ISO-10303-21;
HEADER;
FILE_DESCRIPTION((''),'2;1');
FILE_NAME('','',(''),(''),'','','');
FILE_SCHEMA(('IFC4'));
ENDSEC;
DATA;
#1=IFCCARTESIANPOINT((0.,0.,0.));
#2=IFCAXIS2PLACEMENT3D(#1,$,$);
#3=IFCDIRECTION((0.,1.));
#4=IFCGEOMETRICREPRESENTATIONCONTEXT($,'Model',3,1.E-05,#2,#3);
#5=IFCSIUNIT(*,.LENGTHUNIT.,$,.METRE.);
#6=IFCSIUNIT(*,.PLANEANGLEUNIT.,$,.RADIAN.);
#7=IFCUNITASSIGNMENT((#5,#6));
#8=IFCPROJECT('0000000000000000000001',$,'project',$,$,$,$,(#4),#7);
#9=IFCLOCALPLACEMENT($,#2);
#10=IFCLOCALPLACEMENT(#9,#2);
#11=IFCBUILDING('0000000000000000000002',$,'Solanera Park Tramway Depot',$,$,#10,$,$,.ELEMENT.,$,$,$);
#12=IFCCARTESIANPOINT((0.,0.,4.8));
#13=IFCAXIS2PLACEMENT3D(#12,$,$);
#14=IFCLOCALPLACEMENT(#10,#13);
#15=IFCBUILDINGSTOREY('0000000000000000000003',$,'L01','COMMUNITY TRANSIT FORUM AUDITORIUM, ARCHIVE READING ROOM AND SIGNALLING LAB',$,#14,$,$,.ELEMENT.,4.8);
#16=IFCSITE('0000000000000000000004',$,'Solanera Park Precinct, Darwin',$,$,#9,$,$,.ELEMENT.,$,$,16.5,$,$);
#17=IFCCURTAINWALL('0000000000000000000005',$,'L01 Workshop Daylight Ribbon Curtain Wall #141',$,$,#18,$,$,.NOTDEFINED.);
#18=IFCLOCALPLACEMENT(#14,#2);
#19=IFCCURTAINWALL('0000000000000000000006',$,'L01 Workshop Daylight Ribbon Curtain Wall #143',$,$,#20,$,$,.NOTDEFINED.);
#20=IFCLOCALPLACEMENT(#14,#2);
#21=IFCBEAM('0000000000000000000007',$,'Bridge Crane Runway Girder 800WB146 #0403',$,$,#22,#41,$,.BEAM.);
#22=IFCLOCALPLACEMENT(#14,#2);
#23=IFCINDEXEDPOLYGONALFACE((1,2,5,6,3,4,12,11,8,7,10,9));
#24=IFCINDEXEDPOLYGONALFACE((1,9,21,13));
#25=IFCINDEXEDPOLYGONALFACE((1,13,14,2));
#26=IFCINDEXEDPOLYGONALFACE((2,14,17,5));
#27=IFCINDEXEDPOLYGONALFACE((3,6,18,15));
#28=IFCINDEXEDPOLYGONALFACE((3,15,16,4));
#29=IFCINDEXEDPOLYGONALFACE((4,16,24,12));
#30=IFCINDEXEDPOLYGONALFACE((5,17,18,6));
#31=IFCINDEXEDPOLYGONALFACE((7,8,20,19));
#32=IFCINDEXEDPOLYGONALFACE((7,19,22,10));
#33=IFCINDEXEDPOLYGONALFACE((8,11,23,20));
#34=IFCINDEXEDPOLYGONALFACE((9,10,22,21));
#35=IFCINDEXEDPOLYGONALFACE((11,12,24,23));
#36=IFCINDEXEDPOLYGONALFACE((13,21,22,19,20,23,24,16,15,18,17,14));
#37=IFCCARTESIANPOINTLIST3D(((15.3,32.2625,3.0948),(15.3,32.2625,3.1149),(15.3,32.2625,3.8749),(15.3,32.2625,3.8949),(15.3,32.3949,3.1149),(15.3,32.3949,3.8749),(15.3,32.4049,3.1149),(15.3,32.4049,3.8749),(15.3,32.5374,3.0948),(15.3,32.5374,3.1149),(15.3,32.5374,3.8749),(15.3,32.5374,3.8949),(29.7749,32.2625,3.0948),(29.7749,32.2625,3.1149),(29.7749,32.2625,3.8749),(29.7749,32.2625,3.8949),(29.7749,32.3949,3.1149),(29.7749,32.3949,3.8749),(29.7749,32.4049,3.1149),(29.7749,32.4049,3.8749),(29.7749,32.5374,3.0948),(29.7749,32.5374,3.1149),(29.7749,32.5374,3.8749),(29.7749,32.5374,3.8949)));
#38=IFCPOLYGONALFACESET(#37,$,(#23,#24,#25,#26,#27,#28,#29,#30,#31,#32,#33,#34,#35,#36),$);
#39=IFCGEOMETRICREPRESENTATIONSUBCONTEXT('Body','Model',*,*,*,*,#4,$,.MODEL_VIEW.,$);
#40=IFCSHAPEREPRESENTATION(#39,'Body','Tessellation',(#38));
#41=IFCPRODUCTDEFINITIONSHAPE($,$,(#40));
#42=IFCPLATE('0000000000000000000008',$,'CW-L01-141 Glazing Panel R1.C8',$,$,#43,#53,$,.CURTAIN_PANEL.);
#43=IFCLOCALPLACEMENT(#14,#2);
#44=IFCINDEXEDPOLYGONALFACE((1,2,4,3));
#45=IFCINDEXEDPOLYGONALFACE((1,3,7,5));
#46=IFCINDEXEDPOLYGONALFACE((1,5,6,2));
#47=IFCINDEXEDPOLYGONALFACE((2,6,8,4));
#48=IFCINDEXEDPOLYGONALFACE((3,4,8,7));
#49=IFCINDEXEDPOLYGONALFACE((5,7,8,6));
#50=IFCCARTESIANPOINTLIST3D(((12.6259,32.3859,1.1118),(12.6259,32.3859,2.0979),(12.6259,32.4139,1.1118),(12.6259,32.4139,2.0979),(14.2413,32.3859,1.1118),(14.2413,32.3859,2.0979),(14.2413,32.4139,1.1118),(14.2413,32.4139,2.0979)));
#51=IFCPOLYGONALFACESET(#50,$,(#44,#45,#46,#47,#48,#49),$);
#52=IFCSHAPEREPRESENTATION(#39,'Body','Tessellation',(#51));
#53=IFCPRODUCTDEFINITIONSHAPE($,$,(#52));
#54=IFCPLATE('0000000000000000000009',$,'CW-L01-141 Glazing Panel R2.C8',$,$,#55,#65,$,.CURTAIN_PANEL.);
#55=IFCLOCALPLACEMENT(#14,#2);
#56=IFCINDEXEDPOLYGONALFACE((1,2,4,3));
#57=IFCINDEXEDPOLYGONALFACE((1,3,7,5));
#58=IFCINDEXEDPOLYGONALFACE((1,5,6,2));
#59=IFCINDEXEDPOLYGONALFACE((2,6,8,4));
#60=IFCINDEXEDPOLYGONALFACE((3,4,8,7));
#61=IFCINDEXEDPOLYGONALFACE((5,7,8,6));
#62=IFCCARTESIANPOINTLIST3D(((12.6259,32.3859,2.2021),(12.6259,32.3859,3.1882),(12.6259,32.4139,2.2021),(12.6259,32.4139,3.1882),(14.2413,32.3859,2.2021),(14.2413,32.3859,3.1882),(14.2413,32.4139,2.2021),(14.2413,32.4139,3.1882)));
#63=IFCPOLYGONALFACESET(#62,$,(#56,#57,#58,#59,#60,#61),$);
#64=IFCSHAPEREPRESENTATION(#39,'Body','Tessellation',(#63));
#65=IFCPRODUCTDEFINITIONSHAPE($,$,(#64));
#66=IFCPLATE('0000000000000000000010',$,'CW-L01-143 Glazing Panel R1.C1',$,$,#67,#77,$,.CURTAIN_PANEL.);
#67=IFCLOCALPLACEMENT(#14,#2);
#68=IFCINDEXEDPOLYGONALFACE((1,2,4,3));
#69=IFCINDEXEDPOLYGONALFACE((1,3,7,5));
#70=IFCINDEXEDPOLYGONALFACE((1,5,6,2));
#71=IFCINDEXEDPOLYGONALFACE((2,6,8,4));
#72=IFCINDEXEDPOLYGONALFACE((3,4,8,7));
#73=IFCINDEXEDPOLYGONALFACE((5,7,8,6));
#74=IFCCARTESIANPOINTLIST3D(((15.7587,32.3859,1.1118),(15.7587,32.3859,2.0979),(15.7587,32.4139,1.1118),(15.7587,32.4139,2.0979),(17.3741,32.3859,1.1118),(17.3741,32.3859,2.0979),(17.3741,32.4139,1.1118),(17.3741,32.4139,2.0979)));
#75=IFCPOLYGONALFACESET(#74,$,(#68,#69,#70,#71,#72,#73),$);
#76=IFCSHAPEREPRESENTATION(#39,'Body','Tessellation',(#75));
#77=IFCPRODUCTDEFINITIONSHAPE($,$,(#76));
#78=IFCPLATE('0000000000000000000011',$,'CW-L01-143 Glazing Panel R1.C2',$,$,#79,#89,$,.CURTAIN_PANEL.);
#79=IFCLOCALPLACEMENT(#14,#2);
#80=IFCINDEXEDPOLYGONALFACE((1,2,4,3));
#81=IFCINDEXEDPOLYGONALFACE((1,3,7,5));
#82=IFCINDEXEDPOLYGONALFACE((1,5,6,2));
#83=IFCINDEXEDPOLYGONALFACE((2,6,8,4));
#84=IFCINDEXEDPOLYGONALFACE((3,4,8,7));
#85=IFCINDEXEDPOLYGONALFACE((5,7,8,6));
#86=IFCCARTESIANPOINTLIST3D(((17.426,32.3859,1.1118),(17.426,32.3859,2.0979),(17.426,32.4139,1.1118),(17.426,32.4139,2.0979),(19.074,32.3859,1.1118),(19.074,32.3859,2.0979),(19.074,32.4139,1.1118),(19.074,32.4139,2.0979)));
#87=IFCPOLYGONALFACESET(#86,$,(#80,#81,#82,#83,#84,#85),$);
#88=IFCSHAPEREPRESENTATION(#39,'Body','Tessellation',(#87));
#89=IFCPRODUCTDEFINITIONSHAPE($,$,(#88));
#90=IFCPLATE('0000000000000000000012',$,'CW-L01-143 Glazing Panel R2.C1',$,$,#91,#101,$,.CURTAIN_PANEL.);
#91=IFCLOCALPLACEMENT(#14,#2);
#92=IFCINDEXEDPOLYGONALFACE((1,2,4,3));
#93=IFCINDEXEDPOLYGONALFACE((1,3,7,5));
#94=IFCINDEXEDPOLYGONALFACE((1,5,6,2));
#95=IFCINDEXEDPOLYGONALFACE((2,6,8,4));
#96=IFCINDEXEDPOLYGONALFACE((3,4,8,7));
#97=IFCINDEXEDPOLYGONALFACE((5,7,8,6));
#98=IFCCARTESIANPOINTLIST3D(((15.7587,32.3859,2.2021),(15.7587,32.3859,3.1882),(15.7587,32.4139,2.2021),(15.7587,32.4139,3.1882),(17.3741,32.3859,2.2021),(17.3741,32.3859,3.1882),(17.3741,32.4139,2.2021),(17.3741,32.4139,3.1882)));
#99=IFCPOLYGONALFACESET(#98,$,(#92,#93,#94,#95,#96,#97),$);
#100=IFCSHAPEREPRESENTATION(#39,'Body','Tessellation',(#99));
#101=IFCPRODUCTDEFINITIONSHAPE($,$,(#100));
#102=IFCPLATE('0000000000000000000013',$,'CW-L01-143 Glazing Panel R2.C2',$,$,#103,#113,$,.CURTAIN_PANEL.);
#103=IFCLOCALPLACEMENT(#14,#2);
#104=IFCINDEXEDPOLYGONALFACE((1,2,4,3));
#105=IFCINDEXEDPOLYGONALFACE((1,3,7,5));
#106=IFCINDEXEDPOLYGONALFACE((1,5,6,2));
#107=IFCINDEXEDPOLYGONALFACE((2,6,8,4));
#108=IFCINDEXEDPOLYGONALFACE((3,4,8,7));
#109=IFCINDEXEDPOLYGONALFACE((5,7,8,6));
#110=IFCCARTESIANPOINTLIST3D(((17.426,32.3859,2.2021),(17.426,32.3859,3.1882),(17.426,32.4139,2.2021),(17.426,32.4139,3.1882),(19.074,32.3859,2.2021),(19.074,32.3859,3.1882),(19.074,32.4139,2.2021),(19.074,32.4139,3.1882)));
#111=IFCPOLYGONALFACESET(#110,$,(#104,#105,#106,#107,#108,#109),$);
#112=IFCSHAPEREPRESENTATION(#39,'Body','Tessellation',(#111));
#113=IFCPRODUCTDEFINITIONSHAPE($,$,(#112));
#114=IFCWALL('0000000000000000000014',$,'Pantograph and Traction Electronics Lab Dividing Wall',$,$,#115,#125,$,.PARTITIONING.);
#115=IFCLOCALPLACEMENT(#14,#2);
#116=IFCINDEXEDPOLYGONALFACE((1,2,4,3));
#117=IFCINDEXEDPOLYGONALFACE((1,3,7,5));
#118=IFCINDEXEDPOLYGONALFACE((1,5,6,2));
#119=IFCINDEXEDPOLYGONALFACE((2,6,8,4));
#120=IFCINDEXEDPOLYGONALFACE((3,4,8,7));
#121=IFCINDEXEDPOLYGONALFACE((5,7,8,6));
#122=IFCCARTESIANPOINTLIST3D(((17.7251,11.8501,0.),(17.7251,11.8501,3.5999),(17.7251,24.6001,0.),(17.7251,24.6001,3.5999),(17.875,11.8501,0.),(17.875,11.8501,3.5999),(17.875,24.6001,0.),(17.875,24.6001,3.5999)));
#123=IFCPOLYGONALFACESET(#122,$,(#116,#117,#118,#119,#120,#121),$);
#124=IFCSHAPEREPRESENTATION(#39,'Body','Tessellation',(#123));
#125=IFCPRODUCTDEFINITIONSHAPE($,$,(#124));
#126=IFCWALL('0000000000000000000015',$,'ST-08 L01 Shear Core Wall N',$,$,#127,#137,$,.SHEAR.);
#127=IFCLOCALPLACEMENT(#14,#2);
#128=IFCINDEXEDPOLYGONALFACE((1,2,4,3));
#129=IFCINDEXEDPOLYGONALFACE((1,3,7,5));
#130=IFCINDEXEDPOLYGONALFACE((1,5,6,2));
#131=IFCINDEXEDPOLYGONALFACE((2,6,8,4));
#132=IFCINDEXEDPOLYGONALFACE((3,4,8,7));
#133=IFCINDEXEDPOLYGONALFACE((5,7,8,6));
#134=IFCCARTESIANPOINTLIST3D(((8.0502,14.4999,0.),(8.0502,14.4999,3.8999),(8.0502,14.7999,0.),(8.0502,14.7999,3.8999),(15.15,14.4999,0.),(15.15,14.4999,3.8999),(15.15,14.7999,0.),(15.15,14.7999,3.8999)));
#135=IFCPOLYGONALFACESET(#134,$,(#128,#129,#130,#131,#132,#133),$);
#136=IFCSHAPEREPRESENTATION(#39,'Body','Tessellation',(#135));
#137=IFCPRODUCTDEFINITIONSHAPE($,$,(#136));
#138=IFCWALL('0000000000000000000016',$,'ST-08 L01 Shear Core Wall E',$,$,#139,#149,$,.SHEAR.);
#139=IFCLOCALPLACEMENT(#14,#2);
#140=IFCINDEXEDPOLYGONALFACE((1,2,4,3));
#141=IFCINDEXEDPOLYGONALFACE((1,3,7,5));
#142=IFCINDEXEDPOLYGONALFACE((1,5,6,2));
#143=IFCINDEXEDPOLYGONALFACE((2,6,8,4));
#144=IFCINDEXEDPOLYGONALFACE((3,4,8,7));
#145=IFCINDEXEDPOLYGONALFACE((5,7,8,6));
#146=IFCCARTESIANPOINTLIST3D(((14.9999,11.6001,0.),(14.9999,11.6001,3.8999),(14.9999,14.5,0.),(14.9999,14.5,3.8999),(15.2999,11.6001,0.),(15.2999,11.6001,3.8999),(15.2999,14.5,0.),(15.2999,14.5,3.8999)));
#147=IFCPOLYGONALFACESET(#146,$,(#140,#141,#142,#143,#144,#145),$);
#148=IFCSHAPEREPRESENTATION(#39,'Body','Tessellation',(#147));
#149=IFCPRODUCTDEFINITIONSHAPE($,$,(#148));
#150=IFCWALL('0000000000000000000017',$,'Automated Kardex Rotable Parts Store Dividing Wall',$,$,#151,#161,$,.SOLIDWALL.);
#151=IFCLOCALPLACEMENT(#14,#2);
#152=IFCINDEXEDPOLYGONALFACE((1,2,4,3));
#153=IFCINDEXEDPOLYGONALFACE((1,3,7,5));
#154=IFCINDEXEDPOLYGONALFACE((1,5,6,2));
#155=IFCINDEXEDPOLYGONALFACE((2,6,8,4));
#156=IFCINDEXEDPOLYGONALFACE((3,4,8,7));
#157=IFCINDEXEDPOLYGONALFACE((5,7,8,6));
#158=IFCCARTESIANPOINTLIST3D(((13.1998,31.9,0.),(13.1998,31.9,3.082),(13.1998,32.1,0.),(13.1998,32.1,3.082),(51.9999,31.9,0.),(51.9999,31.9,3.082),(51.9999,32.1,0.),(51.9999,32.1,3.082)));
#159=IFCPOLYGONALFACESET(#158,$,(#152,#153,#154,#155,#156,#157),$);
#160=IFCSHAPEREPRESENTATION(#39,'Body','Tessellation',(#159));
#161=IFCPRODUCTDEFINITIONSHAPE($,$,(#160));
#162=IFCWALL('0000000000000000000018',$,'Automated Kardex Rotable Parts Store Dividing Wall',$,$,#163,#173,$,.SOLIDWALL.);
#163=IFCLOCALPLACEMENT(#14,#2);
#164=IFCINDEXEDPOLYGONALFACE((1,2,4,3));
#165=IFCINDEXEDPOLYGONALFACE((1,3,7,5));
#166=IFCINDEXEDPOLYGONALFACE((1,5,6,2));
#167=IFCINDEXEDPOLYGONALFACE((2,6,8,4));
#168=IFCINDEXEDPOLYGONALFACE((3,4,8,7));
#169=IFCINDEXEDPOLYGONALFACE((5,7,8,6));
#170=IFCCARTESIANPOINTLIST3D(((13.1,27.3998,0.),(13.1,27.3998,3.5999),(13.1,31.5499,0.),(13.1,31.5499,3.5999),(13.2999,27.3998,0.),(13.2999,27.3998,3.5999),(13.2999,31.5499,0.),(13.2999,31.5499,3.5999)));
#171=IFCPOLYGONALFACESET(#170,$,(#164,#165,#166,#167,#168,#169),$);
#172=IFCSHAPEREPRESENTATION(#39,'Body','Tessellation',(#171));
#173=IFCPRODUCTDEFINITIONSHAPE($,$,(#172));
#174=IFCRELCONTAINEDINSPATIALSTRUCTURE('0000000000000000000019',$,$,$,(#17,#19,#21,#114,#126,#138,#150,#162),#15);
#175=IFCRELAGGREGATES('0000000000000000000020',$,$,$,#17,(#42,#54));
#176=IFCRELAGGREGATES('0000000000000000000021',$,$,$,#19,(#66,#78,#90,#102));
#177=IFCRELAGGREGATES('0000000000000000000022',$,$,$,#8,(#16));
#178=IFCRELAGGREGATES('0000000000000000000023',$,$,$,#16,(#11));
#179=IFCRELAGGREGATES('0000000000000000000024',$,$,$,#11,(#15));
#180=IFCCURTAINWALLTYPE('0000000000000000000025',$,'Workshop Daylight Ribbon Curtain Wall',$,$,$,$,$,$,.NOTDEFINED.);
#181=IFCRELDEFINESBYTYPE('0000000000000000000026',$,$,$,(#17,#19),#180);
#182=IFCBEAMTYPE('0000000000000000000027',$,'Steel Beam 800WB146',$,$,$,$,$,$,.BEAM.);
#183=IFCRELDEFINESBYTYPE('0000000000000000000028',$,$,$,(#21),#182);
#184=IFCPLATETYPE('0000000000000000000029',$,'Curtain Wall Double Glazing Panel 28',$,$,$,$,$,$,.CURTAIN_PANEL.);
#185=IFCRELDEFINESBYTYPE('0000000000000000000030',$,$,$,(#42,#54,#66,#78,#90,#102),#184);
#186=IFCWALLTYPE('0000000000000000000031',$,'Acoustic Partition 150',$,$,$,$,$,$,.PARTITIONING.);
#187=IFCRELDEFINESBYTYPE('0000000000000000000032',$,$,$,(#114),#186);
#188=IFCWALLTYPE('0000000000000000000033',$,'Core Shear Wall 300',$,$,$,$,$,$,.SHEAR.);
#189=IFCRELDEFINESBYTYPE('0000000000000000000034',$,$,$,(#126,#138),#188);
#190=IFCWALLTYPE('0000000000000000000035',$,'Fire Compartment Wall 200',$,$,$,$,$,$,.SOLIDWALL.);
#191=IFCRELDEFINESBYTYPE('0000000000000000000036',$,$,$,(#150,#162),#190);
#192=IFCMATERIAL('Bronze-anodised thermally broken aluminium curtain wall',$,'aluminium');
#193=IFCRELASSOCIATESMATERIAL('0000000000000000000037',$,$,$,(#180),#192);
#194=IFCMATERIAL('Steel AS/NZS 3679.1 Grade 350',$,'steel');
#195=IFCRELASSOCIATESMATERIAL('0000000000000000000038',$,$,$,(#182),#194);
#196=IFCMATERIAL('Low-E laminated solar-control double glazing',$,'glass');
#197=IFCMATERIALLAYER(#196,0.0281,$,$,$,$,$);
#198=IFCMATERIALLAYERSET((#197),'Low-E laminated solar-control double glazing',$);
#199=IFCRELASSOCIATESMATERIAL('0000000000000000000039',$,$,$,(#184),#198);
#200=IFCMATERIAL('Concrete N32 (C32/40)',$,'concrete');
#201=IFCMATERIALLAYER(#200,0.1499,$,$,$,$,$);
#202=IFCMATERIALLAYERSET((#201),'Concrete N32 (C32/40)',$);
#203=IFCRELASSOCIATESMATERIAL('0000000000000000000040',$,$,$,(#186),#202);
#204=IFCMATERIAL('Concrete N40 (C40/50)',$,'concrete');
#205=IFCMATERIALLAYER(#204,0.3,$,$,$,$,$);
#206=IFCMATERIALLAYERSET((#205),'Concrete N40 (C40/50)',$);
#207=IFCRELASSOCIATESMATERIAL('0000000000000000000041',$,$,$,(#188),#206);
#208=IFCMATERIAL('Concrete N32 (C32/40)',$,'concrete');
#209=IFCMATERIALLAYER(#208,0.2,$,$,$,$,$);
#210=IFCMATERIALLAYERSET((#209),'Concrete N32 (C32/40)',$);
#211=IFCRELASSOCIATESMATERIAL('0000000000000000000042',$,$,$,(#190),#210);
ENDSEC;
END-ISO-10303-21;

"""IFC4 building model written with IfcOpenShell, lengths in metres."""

from ifc_helpers import new_model, si_unit, direction, frame, frame_2d, origin, origin_2d, place, context, subcontext, project, spatial, rectangle, i_section, extrude, material, layer, layer_set, material_profile, profile_set, type_object, element, aggregate, save


model = new_model("IFC4")

# Units and contexts
model_context = context("Model", 3, precision=1e-05, world=origin(), true_north=direction((0.0, 1.0)))
body_context = subcontext(model_context, "Body", "Model", "MODEL_VIEW")
ifc_project = project(units=[si_unit("LENGTHUNIT", "METRE"), si_unit("PLANEANGLEUNIT", "RADIAN")], contexts=[model_context])

# Site, building, storey
site_placement = place(None, origin())
site = spatial("IfcSite", under=ifc_project, at=site_placement, Name="Solanera Park Precinct, Darwin", CompositionType="ELEMENT", RefElevation=16.5)
building_placement = place(site_placement, origin())
building = spatial("IfcBuilding", under=site, at=building_placement, Name="Solanera Park Tramway Depot", CompositionType="ELEMENT")
storey_placement = place(building_placement, frame((0.0, 0.0, 4.8)))
storey = spatial("IfcBuildingStorey", under=building, at=storey_placement, Name="L01", Description="COMMUNITY TRANSIT FORUM AUDITORIUM, ARCHIVE READING ROOM AND SIGNALLING LAB", CompositionType="ELEMENT", Elevation=4.8)

# Curtain wall
ifc_material_1 = material(Name="Bronze-anodised thermally broken aluminium curtain wall", Category="aluminium")
curtain_wall_type = type_object("IfcCurtainWallType", Name="Workshop Daylight Ribbon Curtain Wall", PredefinedType="NOTDEFINED", material=ifc_material_1)
curtain_wall_1_placement = place(storey_placement, origin())
curtain_wall_1 = element("IfcCurtainWall", 1, at=curtain_wall_1_placement, inside=storey, type_object=curtain_wall_type, Name="L01 Workshop Daylight Ribbon Curtain Wall #141", PredefinedType="NOTDEFINED")

# Curtain wall
curtain_wall_2_placement = place(storey_placement, origin())
curtain_wall_2 = element("IfcCurtainWall", 2, at=curtain_wall_2_placement, inside=storey, type_object=curtain_wall_type, Name="L01 Workshop Daylight Ribbon Curtain Wall #143", PredefinedType="NOTDEFINED")

# Beam
ifc_material_2 = material(Name="Steel AS/NZS 3679.1 Grade 350", Category="steel")
ifc_material_profile_1 = material_profile(ifc_material_2, i_section(OverallWidth=0.2749, OverallDepth=0.8, WebThickness=0.01, FlangeThickness=0.02, at=origin_2d()), Name="800WB146")
ifc_profile_set_1 = profile_set([ifc_material_profile_1], Name="Steel AS/NZS 3679.1 Grade 350")
beam_type_1 = type_object("IfcBeamType", Name="Steel Beam 800WB146", PredefinedType="BEAM", material=ifc_profile_set_1)
beam_1_placement = place(storey_placement, frame((15.3, 32.3999, 3.4949), z_axis=(1.0, 0.0, 0.0), x_axis=(0.0, 1.0, 0.0)))
element("IfcBeam", 3, at=beam_1_placement, inside=storey, type_object=beam_type_1, Name="Bridge Crane Runway Girder 800WB146 #0403", PredefinedType="BEAM", context=body_context, shape_type="SweptSolid", body=[
    extrude(i_section(OverallWidth=0.2749, OverallDepth=0.8, WebThickness=0.01, FlangeThickness=0.02, at=origin_2d()), origin(), (0.0, 0.0, 1.0), 14.4749),
])

# Plates
ifc_material_3 = material(Name="Low-E laminated solar-control double glazing", Category="glass")
ifc_layer_1 = layer(ifc_material_3, 0.0281)
ifc_layer_set_1 = layer_set([ifc_layer_1], Name="Low-E laminated solar-control double glazing")
plate_type = type_object("IfcPlateType", Name="Curtain Wall Double Glazing Panel 28", PredefinedType="CURTAIN_PANEL", material=ifc_layer_set_1)
plate_1_placement = place(storey_placement, frame((13.4336, 32.3999, 1.1118), z_axis=(0.0, 0.0, 1.0), x_axis=(1.0, 0.0, 0.0)))
plate_1 = element("IfcPlate", 4, at=plate_1_placement, type_object=plate_type, Name="CW-L01-141 Glazing Panel R1.C8", PredefinedType="CURTAIN_PANEL", context=body_context, shape_type="SweptSolid", body=[
    extrude(rectangle(XDim=1.6155, YDim=0.0281, at=origin_2d()), origin(), (0.0, 0.0, 1.0), 0.9861),
])
plate_2_placement = place(storey_placement, frame((13.4336, 32.3999, 2.2021), z_axis=(0.0, 0.0, 1.0), x_axis=(1.0, 0.0, 0.0)))
plate_2 = element("IfcPlate", 5, at=plate_2_placement, type_object=plate_type, Name="CW-L01-141 Glazing Panel R2.C8", PredefinedType="CURTAIN_PANEL", context=body_context, shape_type="SweptSolid", body=[
    extrude(rectangle(XDim=1.6155, YDim=0.0281, at=origin_2d()), origin(), (0.0, 0.0, 1.0), 0.9861),
])
aggregate(curtain_wall_1, [plate_1, plate_2])
plate_3_placement = place(storey_placement, frame((16.5664, 32.3999, 1.1118), z_axis=(0.0, 0.0, 1.0), x_axis=(1.0, 0.0, 0.0)))
plate_3 = element("IfcPlate", 6, at=plate_3_placement, type_object=plate_type, Name="CW-L01-143 Glazing Panel R1.C1", PredefinedType="CURTAIN_PANEL", context=body_context, shape_type="SweptSolid", body=[
    extrude(rectangle(XDim=1.6155, YDim=0.0281, at=origin_2d()), origin(), (0.0, 0.0, 1.0), 0.9861),
])
plate_4_placement = place(storey_placement, frame((18.25, 32.3999, 1.1118), z_axis=(0.0, 0.0, 1.0), x_axis=(1.0, 0.0, 0.0)))
plate_4 = element("IfcPlate", 7, at=plate_4_placement, type_object=plate_type, Name="CW-L01-143 Glazing Panel R1.C2", PredefinedType="CURTAIN_PANEL", context=body_context, shape_type="SweptSolid", body=[
    extrude(rectangle(XDim=1.6479, YDim=0.0281, at=origin_2d()), origin(), (0.0, 0.0, 1.0), 0.9861),
])
plate_5_placement = place(storey_placement, frame((16.5664, 32.3999, 2.2021), z_axis=(0.0, 0.0, 1.0), x_axis=(1.0, 0.0, 0.0)))
plate_5 = element("IfcPlate", 8, at=plate_5_placement, type_object=plate_type, Name="CW-L01-143 Glazing Panel R2.C1", PredefinedType="CURTAIN_PANEL", context=body_context, shape_type="SweptSolid", body=[
    extrude(rectangle(XDim=1.6155, YDim=0.0281, at=origin_2d()), origin(), (0.0, 0.0, 1.0), 0.9861),
])
plate_6_placement = place(storey_placement, frame((18.25, 32.3999, 2.2021), z_axis=(0.0, 0.0, 1.0), x_axis=(1.0, 0.0, 0.0)))
plate_6 = element("IfcPlate", 9, at=plate_6_placement, type_object=plate_type, Name="CW-L01-143 Glazing Panel R2.C2", PredefinedType="CURTAIN_PANEL", context=body_context, shape_type="SweptSolid", body=[
    extrude(rectangle(XDim=1.6479, YDim=0.0281, at=origin_2d()), origin(), (0.0, 0.0, 1.0), 0.9861),
])
aggregate(curtain_wall_2, [plate_3, plate_4, plate_5, plate_6])

# Walls
ifc_material_4 = material(Name="Concrete N32 (C32/40)", Category="concrete")
ifc_layer_2 = layer(ifc_material_4, 0.1499)
ifc_layer_set_2 = layer_set([ifc_layer_2], Name="Concrete N32 (C32/40)")
wall_type_1 = type_object("IfcWallType", Name="Acoustic Partition 150", PredefinedType="PARTITIONING", material=ifc_layer_set_2)
wall_1_placement = place(storey_placement, frame((17.8, 24.6001, 0.0), z_axis=(0.0, 0.0, 1.0), x_axis=(0.0, -1.0, 0.0)))
element("IfcWall", 10, at=wall_1_placement, inside=storey, type_object=wall_type_1, Name="Pantograph and Traction Electronics Lab Dividing Wall", PredefinedType="PARTITIONING", context=body_context, shape_type="SweptSolid", body=[
    extrude(rectangle(XDim=12.75, YDim=0.1499, at=frame_2d((6.375, 0.0))), origin(), (0.0, 0.0, 1.0), 3.5999),
])
ifc_material_5 = material(Name="Concrete N40 (C40/50)", Category="concrete")
ifc_layer_3 = layer(ifc_material_5, 0.3)
ifc_layer_set_3 = layer_set([ifc_layer_3], Name="Concrete N40 (C40/50)")
wall_type_2 = type_object("IfcWallType", Name="Core Shear Wall 300", PredefinedType="SHEAR", material=ifc_layer_set_3)
wall_2_placement = place(storey_placement, frame((15.1499, 14.6499, 0.0), z_axis=(0.0, 0.0, 1.0), x_axis=(-1.0, 0.0, 0.0)))
element("IfcWall", 11, at=wall_2_placement, inside=storey, type_object=wall_type_2, Name="ST-08 L01 Shear Core Wall N", PredefinedType="SHEAR", context=body_context, shape_type="SweptSolid", body=[
    extrude(rectangle(XDim=7.0999, YDim=0.3, at=frame_2d((3.5498, 0.0))), origin(), (0.0, 0.0, 1.0), 3.8999),
])
wall_3_placement = place(storey_placement, frame((15.1499, 11.6001, 0.0), z_axis=(0.0, 0.0, 1.0), x_axis=(0.0, 1.0, 0.0)))
element("IfcWall", 12, at=wall_3_placement, inside=storey, type_object=wall_type_2, Name="ST-08 L01 Shear Core Wall E", PredefinedType="SHEAR", context=body_context, shape_type="SweptSolid", body=[
    extrude(rectangle(XDim=2.8999, YDim=0.3, at=frame_2d((1.45, 0.0))), origin(), (0.0, 0.0, 1.0), 3.8999),
])
ifc_material_6 = material(Name="Concrete N32 (C32/40)", Category="concrete")
ifc_layer_4 = layer(ifc_material_6, 0.2)
ifc_layer_set_4 = layer_set([ifc_layer_4], Name="Concrete N32 (C32/40)")
wall_type_3 = type_object("IfcWallType", Name="Fire Compartment Wall 200", PredefinedType="SOLIDWALL", material=ifc_layer_set_4)
wall_4_placement = place(storey_placement, frame((13.2, 32.0, 0.0), z_axis=(0.0, 0.0, 1.0), x_axis=(1.0, 0.0, 0.0)))
element("IfcWall", 13, at=wall_4_placement, inside=storey, type_object=wall_type_3, Name="Automated Kardex Rotable Parts Store Dividing Wall", PredefinedType="SOLIDWALL", context=body_context, shape_type="SweptSolid", body=[
    extrude(rectangle(XDim=38.8, YDim=0.2, at=frame_2d((19.3999, 0.0))), origin(), (0.0, 0.0, 1.0), 3.082),
])
wall_5_placement = place(storey_placement, frame((13.2, 31.55, 0.0), z_axis=(0.0, 0.0, 1.0), x_axis=(0.0, -1.0, 0.0)))
element("IfcWall", 14, at=wall_5_placement, inside=storey, type_object=wall_type_3, Name="Automated Kardex Rotable Parts Store Dividing Wall", PredefinedType="SOLIDWALL", context=body_context, shape_type="SweptSolid", body=[
    extrude(rectangle(XDim=4.1501, YDim=0.2, at=frame_2d((2.0752, 0.0))), origin(), (0.0, 0.0, 1.0), 3.5999),
])

save(model, "model.ifc")
